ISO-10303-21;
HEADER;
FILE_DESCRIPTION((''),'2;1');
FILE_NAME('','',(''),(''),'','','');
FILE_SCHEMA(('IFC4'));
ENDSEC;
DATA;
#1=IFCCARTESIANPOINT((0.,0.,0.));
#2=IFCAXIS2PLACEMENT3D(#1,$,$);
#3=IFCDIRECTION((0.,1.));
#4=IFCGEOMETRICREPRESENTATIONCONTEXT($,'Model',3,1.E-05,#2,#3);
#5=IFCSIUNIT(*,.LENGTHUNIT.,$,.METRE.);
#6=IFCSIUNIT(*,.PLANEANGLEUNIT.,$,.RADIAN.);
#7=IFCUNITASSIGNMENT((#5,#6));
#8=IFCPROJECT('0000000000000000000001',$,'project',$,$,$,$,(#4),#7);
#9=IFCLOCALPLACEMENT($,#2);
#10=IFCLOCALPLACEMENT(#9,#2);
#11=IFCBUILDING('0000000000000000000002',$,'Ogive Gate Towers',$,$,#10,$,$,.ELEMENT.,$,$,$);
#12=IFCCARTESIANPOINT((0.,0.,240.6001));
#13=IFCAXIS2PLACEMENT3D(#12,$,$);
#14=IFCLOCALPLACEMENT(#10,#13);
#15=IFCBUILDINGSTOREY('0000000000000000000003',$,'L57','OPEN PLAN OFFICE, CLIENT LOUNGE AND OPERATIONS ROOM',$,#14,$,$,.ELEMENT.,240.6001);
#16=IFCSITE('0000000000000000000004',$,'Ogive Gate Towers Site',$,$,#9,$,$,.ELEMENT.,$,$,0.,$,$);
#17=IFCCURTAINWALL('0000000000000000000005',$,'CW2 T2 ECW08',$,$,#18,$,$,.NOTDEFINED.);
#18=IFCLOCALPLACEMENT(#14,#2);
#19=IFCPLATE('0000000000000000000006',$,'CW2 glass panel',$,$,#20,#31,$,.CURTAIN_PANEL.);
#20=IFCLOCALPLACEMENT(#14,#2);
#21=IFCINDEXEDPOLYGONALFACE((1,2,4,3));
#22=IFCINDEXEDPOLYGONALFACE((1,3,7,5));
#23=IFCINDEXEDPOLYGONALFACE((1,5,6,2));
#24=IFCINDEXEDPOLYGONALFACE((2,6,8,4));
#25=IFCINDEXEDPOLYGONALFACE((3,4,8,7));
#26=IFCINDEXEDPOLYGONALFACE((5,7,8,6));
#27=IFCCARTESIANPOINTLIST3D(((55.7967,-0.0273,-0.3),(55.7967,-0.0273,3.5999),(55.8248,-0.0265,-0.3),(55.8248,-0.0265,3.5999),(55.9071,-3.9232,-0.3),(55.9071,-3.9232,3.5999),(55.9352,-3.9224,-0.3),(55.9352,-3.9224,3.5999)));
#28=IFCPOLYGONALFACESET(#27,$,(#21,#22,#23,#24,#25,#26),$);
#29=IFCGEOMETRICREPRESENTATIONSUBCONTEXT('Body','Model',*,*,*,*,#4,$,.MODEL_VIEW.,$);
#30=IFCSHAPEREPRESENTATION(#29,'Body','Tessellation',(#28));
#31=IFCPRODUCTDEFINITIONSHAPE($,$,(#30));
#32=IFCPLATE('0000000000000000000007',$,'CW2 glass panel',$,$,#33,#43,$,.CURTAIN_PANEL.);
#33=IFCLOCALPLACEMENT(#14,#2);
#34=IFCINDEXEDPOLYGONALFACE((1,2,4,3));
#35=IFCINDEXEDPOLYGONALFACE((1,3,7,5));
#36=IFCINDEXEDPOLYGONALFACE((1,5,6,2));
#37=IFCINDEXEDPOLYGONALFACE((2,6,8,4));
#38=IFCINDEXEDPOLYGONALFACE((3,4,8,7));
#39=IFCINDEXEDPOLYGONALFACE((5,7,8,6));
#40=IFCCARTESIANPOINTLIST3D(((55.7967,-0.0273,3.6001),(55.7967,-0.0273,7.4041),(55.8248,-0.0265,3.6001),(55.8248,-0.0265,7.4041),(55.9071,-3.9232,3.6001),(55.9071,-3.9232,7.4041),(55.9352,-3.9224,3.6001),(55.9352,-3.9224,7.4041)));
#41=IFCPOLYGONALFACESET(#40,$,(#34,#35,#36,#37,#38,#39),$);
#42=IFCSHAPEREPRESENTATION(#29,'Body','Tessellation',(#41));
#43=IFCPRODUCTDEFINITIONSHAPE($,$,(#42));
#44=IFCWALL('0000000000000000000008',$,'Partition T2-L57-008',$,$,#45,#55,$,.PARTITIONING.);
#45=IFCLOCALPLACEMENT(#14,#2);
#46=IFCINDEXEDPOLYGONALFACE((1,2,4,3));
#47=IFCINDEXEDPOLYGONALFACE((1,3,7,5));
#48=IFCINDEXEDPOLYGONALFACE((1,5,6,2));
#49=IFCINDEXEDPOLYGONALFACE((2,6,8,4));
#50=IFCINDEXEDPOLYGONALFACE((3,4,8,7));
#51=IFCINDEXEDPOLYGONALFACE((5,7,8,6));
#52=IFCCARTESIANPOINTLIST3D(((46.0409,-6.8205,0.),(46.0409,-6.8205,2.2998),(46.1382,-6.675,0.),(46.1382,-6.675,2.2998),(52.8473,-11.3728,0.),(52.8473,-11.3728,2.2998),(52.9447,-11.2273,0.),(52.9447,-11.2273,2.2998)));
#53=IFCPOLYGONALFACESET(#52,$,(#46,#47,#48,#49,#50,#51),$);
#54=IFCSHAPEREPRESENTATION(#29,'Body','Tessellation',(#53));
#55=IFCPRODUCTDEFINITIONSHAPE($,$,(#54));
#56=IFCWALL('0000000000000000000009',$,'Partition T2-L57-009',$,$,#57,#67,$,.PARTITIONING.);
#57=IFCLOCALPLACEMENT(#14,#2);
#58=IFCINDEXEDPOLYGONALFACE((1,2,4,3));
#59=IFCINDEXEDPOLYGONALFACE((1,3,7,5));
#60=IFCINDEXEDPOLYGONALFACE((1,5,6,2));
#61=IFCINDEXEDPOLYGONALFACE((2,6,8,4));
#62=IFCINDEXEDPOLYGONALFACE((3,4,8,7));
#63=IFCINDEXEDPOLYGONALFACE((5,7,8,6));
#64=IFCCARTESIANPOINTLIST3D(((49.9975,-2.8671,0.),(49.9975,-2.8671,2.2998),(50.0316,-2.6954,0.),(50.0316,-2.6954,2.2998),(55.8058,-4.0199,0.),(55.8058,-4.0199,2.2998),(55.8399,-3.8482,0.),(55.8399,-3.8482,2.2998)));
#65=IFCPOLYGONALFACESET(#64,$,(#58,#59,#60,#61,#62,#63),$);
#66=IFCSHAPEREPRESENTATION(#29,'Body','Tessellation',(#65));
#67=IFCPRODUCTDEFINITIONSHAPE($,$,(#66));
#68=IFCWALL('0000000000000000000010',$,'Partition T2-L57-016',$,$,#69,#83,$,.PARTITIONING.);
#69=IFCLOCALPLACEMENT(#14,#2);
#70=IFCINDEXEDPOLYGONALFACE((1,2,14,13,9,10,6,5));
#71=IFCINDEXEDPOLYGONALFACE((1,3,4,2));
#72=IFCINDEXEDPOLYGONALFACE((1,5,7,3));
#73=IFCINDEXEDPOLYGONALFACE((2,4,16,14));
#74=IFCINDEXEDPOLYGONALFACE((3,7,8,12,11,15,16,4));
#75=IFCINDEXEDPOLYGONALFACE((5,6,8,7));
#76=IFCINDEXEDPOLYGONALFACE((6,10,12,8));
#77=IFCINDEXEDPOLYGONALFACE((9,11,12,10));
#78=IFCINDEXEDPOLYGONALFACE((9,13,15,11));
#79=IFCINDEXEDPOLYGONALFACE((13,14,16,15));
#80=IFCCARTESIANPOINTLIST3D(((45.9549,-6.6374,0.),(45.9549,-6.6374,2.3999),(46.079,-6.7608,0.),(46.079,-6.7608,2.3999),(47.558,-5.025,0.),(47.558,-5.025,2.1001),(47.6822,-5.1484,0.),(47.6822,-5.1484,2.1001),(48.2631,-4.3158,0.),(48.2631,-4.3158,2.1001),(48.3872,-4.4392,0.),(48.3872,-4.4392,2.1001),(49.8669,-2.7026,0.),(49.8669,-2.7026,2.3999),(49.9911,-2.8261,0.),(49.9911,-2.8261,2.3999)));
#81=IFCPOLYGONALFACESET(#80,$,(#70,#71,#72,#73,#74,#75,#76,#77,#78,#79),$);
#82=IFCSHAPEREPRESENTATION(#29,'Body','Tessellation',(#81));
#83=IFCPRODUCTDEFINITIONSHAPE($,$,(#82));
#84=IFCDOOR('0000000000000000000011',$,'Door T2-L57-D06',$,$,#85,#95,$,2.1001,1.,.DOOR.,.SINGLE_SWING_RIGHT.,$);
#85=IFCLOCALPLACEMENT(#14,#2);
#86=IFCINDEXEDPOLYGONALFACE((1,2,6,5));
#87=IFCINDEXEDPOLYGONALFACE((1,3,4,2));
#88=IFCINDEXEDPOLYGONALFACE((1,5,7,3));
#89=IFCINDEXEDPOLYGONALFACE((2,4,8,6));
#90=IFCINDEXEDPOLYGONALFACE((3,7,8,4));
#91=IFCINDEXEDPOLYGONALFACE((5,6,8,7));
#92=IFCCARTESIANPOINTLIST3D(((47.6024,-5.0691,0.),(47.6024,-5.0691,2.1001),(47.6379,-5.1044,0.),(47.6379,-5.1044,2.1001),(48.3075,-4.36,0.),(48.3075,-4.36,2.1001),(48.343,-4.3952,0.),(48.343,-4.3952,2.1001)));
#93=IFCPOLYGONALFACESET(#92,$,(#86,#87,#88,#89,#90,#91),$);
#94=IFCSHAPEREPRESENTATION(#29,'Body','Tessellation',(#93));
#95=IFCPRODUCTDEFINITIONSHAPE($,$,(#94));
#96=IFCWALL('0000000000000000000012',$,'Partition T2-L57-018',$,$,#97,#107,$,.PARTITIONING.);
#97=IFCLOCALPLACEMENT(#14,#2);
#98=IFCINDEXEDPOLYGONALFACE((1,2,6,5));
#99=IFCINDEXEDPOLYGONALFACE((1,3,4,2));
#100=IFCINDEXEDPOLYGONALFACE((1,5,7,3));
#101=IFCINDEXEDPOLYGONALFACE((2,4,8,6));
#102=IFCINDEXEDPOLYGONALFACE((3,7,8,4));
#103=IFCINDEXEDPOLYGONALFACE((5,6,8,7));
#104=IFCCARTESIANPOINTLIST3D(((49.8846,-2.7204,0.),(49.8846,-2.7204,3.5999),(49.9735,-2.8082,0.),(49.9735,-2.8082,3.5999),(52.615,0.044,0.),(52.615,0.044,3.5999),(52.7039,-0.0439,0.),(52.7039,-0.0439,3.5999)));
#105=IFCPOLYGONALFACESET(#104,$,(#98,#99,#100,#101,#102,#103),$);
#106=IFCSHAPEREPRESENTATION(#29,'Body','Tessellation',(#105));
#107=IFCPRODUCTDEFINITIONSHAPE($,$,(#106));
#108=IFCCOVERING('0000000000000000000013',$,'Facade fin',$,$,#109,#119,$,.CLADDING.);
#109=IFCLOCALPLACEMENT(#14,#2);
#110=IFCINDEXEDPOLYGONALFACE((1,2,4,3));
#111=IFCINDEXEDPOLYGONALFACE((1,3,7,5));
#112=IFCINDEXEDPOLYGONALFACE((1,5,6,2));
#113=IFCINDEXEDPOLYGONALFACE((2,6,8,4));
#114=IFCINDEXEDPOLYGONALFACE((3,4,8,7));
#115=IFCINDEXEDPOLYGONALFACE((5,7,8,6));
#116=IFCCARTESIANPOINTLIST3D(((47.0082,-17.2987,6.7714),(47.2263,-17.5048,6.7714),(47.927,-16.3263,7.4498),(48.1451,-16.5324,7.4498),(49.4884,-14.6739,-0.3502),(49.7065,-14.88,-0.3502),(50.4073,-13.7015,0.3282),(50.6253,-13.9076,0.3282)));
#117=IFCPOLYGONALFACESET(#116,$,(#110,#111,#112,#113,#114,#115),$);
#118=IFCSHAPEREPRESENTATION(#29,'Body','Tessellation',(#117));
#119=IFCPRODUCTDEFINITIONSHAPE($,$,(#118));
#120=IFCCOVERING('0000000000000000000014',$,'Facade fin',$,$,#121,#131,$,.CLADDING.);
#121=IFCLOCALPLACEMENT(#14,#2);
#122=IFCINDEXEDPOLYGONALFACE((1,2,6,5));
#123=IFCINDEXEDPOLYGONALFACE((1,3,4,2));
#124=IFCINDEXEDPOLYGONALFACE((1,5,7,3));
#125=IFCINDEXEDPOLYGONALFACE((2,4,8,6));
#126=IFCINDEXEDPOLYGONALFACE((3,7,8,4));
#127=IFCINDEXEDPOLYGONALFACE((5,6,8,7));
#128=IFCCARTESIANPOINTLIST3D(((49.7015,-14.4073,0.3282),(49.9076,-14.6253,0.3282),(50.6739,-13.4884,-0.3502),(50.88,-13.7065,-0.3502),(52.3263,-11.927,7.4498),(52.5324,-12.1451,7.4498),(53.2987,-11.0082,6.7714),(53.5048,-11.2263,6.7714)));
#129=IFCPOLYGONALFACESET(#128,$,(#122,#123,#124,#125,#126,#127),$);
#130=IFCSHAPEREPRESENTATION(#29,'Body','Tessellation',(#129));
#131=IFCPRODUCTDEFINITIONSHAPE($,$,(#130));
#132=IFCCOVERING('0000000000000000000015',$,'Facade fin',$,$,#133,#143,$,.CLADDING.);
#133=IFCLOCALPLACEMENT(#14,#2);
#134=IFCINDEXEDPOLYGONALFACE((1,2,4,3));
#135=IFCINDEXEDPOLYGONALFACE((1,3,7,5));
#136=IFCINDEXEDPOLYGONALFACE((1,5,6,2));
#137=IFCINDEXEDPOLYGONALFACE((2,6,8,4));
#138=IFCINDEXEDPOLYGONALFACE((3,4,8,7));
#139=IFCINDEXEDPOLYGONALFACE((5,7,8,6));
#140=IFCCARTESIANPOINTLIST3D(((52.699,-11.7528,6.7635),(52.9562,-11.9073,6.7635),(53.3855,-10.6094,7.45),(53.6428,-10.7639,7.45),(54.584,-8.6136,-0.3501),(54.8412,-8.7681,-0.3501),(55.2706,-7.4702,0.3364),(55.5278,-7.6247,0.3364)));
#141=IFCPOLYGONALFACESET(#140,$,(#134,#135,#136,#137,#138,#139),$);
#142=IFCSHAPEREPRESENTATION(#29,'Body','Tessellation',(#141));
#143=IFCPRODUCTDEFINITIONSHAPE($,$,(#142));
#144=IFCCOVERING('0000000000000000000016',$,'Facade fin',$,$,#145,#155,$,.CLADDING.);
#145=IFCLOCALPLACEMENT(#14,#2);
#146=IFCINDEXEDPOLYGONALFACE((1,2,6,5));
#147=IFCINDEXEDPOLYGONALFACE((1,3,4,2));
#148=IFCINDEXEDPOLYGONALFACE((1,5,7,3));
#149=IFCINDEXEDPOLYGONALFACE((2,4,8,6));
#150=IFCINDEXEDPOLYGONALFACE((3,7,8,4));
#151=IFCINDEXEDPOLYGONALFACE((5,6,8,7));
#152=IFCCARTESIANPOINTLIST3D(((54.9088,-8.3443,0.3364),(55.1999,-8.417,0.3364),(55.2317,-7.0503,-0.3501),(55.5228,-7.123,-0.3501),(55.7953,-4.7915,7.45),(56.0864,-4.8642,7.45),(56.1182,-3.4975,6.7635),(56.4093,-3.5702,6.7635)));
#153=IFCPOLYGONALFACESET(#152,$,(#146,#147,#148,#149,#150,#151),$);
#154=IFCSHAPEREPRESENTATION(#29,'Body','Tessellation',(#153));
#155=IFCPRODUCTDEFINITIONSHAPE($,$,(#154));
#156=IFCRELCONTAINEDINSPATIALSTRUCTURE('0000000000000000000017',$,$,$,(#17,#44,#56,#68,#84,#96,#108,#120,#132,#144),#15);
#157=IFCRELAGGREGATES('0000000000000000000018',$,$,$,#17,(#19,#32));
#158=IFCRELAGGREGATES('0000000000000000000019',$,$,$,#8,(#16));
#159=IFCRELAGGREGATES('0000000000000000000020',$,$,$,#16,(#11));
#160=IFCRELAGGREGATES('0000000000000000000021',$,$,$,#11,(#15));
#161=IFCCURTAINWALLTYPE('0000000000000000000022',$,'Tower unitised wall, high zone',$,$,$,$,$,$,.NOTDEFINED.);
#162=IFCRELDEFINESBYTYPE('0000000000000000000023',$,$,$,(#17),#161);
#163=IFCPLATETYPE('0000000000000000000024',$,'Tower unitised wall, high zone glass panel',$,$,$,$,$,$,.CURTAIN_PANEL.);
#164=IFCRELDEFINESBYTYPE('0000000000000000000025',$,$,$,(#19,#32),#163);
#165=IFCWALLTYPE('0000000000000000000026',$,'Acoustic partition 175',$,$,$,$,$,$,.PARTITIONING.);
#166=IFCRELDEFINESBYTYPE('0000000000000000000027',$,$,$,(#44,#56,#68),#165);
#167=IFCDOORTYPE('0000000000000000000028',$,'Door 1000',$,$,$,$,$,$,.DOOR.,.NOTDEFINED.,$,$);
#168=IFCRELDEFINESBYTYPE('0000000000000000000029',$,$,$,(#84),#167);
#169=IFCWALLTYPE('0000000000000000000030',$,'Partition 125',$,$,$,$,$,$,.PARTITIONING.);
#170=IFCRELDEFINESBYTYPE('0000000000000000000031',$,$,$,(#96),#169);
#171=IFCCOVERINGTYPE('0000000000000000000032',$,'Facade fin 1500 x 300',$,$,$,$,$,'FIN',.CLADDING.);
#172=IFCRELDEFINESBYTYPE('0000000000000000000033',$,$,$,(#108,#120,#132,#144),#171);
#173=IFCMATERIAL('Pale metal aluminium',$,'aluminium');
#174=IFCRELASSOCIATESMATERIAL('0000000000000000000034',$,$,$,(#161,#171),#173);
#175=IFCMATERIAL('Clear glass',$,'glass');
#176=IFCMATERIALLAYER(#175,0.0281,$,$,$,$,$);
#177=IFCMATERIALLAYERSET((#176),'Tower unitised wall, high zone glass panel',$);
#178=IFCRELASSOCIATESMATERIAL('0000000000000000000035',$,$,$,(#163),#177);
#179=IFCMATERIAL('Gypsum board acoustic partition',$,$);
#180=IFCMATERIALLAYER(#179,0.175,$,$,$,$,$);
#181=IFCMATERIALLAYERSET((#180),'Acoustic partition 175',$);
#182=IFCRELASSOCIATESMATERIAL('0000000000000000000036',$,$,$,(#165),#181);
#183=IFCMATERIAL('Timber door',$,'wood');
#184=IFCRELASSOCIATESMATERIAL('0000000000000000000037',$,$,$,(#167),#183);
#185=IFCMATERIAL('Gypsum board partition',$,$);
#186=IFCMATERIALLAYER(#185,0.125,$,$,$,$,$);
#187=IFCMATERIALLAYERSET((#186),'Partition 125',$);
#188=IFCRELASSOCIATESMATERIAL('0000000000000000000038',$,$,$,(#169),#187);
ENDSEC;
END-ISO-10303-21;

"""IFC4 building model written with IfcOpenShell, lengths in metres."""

from ifc_helpers import new_model, si_unit, direction, frame, frame_2d, origin, origin_2d, place, context, subcontext, project, spatial, rectangle, extrude, material, layer, layer_set, material_profile, profile_set, type_object, element, fill, aggregate, save


model = new_model("IFC4")

# Units and contexts
model_context = context("Model", 3, precision=1e-05, world=origin(), true_north=direction((0.0, 1.0)))
body_context = subcontext(model_context, "Body", "Model", "MODEL_VIEW")
ifc_project = project(units=[si_unit("LENGTHUNIT", "METRE"), si_unit("PLANEANGLEUNIT", "RADIAN")], contexts=[model_context])

# Site, building, storey
site_placement = place(None, origin())
site = spatial("IfcSite", under=ifc_project, at=site_placement, Name="Ogive Gate Towers Site", CompositionType="ELEMENT", RefElevation=0.0)
building_placement = place(site_placement, origin())
building = spatial("IfcBuilding", under=site, at=building_placement, Name="Ogive Gate Towers", CompositionType="ELEMENT")
storey_placement = place(building_placement, frame((0.0, 0.0, 240.6001)))
storey = spatial("IfcBuildingStorey", under=building, at=storey_placement, Name="L57", Description="OPEN PLAN OFFICE, CLIENT LOUNGE AND OPERATIONS ROOM", CompositionType="ELEMENT", Elevation=240.6001)

# Curtain wall
ifc_material_1 = material(Name="Pale metal aluminium", Category="aluminium")
curtain_wall_type = type_object("IfcCurtainWallType", Name="Tower unitised wall, high zone", PredefinedType="NOTDEFINED", material=ifc_material_1)
curtain_wall_1_placement = place(storey_placement, origin())
curtain_wall_1 = element("IfcCurtainWall", 1, at=curtain_wall_1_placement, inside=storey, type_object=curtain_wall_type, Name="CW2 T2 ECW08", PredefinedType="NOTDEFINED")

# Plates
ifc_material_2 = material(Name="Clear glass", Category="glass")
ifc_layer_1 = layer(ifc_material_2, 0.0281)
ifc_layer_set_1 = layer_set([ifc_layer_1], Name="Tower unitised wall, high zone glass panel")
plate_type = type_object("IfcPlateType", Name="Tower unitised wall, high zone glass panel", PredefinedType="CURTAIN_PANEL", material=ifc_layer_set_1)
plate_1_placement = place(storey_placement, frame((55.866, -1.9749, -0.3), z_axis=(0.0, 0.0, 1.0), x_axis=(-0.028323, 0.999599, 0.0)))
plate_1 = element("IfcPlate", 2, at=plate_1_placement, type_object=plate_type, Name="CW2 glass panel", PredefinedType="CURTAIN_PANEL", context=body_context, shape_type="SweptSolid", body=[
    extrude(rectangle(XDim=3.8975, YDim=0.0281, at=origin_2d()), origin(), (0.0, 0.0, 1.0), 3.8999),
])
plate_2_placement = place(storey_placement, frame((55.866, -1.9749, 3.6001), z_axis=(0.0, 0.0, 1.0), x_axis=(-0.028323, 0.999599, 0.0)))
plate_2 = element("IfcPlate", 3, at=plate_2_placement, type_object=plate_type, Name="CW2 glass panel", PredefinedType="CURTAIN_PANEL", context=body_context, shape_type="SweptSolid", body=[
    extrude(rectangle(XDim=3.8975, YDim=0.0281, at=origin_2d()), origin(), (0.0, 0.0, 1.0), 3.804),
])
aggregate(curtain_wall_1, [plate_1, plate_2])

# Walls
ifc_material_3 = material(Name="Gypsum board acoustic partition")
ifc_layer_2 = layer(ifc_material_3, 0.175)
ifc_layer_set_2 = layer_set([ifc_layer_2], Name="Acoustic partition 175")
wall_type_1 = type_object("IfcWallType", Name="Acoustic partition 175", PredefinedType="PARTITIONING", material=ifc_layer_set_2)
wall_1_placement = place(storey_placement, frame((52.896, -11.3, 0.0), z_axis=(0.0, 0.0, 1.0), x_axis=(-0.831224, 0.555938, 0.0)))
element("IfcWall", 4, at=wall_1_placement, inside=storey, type_object=wall_type_1, Name="Partition T2-L57-008", PredefinedType="PARTITIONING", context=body_context, shape_type="SweptSolid", body=[
    extrude(rectangle(XDim=8.1885, YDim=0.175, at=frame_2d((4.0942, 0.0))), origin(), (0.0, 0.0, 1.0), 2.2998),
])
wall_2_placement = place(storey_placement, frame((55.823, -3.9341, 0.0), z_axis=(0.0, 0.0, 1.0), x_axis=(-0.980867, 0.194681, 0.0)))
element("IfcWall", 5, at=wall_2_placement, inside=storey, type_object=wall_type_1, Name="Partition T2-L57-009", PredefinedType="PARTITIONING", context=body_context, shape_type="SweptSolid", body=[
    extrude(rectangle(XDim=5.9216, YDim=0.175, at=frame_2d((2.9609, 0.0))), origin(), (0.0, 0.0, 1.0), 2.2998),
])

# Wall, opening, door
wall_3_placement = place(storey_placement, frame((46.0168, -6.6992, 0.0), z_axis=(0.0, 0.0, 1.0), x_axis=(0.705058, 0.70915, 0.0)))
wall_3 = element("IfcWall", 6, at=wall_3_placement, inside=storey, type_object=wall_type_1, Name="Partition T2-L57-016", PredefinedType="PARTITIONING", context=body_context, shape_type="SweptSolid", body=[
    extrude(rectangle(XDim=5.5486, YDim=0.175, at=frame_2d((2.7744, 0.0))), origin(), (0.0, 0.0, 1.0), 2.3999),
])
opening_placement = place(wall_3_placement, frame((2.2739, 0.0, 0.0)))
opening = element("IfcOpeningElement", 7, at=opening_placement, cuts=wall_3, PredefinedType="OPENING", context=body_context, shape_type="SweptSolid", body=[
    extrude(rectangle(XDim=1.0, YDim=2.1001, at=frame_2d((0.5, 1.05))), frame((0.0, 0.0977, 0.0), z_axis=(0.0, -1.0, 0.0), x_axis=(1.0, 0.0, 0.0)), (0.0, 0.0, 1.0), 0.1951),
])
ifc_material_4 = material(Name="Timber door", Category="wood")
door_type = type_object("IfcDoorType", Name="Door 1000", OperationType="NOTDEFINED", PredefinedType="DOOR", material=ifc_material_4)
door_placement = place(opening_placement, origin())
door = element("IfcDoor", 8, at=door_placement, inside=storey, type_object=door_type, Name="Door T2-L57-D06", OperationType="SINGLE_SWING_RIGHT", OverallHeight=2.1001, OverallWidth=1.0, PredefinedType="DOOR", context=body_context, shape_type="SweptSolid", body=[
    extrude(rectangle(XDim=1.0, YDim=2.1001, at=frame_2d((0.5, 1.05))), frame((0.0, 0.0249, 0.0), z_axis=(0.0, -1.0, 0.0), x_axis=(1.0, 0.0, 0.0)), (0.0, 0.0, 1.0), 0.05),
])
fill(opening, door)

# Wall
ifc_material_5 = material(Name="Gypsum board partition")
ifc_layer_3 = layer(ifc_material_5, 0.125)
ifc_layer_set_3 = layer_set([ifc_layer_3], Name="Partition 125")
wall_type_2 = type_object("IfcWallType", Name="Partition 125", PredefinedType="PARTITIONING", material=ifc_layer_set_3)
wall_4_placement = place(storey_placement, frame((49.929, -2.7644, 0.0), z_axis=(0.0, 0.0, 1.0), x_axis=(0.702726, 0.71146, 0.0)))
element("IfcWall", 9, at=wall_4_placement, inside=storey, type_object=wall_type_2, Name="Partition T2-L57-018", PredefinedType="PARTITIONING", context=body_context, shape_type="SweptSolid", body=[
    extrude(rectangle(XDim=3.8855, YDim=0.125, at=frame_2d((1.9429, 0.0))), origin(), (0.0, 0.0, 1.0), 3.5999),
])

# Coverings
ifc_material_profile_1 = material_profile(ifc_material_1, rectangle(XDim=0.3, YDim=1.5, at=origin_2d()), Name="1500 x 300 pale metal aluminium")
ifc_profile_set_1 = profile_set([ifc_material_profile_1], Name="Pale metal aluminium")
covering_type = type_object("IfcCoveringType", Name="Facade fin 1500 x 300", ElementType="FIN", PredefinedType="CLADDING", material=ifc_profile_set_1)
for number, where, z_axis, x_axis, name in (
    (10, (50.0569, -14.2908, -0.011), (-0.310616, -0.328717, 0.891887), (0.726835, -0.686812, 0.0), "Facade fin"),
    (11, (50.2908, -14.0569, -0.011), (0.328717, 0.310616, 0.891887), (-0.686812, 0.726835, 0.0), "Facade fin"),
):
    element("IfcCovering", number, at=place(storey_placement, frame(where, z_axis=z_axis, x_axis=x_axis)), inside=storey, type_object=covering_type, Name=name, PredefinedType="CLADDING", context=body_context, shape_type="SweptSolid", body=[
        extrude(rectangle(XDim=0.3, YDim=1.5, at=origin_2d()), origin(), (0.0, 0.0, 1.0), 7.9849),
    ])
for number, where, z_axis, x_axis, name in (
    (12, (55.0559, -8.1191, -0.0068), (-0.235608, -0.392365, 0.889122), (0.85731, -0.5148, 0.0), "Facade fin"),
    (13, (55.2158, -7.7336, -0.0068), (0.110801, 0.444057, 0.889121), (-0.970252, 0.242096, 0.0), "Facade fin"),
):
    element("IfcCovering", number, at=place(storey_placement, frame(where, z_axis=z_axis, x_axis=x_axis)), inside=storey, type_object=covering_type, Name=name, PredefinedType="CLADDING", context=body_context, shape_type="SweptSolid", body=[
        extrude(rectangle(XDim=0.3, YDim=1.5, at=origin_2d()), origin(), (0.0, 0.0, 1.0), 8.0007),
    ])

save(model, "model.ifc")
